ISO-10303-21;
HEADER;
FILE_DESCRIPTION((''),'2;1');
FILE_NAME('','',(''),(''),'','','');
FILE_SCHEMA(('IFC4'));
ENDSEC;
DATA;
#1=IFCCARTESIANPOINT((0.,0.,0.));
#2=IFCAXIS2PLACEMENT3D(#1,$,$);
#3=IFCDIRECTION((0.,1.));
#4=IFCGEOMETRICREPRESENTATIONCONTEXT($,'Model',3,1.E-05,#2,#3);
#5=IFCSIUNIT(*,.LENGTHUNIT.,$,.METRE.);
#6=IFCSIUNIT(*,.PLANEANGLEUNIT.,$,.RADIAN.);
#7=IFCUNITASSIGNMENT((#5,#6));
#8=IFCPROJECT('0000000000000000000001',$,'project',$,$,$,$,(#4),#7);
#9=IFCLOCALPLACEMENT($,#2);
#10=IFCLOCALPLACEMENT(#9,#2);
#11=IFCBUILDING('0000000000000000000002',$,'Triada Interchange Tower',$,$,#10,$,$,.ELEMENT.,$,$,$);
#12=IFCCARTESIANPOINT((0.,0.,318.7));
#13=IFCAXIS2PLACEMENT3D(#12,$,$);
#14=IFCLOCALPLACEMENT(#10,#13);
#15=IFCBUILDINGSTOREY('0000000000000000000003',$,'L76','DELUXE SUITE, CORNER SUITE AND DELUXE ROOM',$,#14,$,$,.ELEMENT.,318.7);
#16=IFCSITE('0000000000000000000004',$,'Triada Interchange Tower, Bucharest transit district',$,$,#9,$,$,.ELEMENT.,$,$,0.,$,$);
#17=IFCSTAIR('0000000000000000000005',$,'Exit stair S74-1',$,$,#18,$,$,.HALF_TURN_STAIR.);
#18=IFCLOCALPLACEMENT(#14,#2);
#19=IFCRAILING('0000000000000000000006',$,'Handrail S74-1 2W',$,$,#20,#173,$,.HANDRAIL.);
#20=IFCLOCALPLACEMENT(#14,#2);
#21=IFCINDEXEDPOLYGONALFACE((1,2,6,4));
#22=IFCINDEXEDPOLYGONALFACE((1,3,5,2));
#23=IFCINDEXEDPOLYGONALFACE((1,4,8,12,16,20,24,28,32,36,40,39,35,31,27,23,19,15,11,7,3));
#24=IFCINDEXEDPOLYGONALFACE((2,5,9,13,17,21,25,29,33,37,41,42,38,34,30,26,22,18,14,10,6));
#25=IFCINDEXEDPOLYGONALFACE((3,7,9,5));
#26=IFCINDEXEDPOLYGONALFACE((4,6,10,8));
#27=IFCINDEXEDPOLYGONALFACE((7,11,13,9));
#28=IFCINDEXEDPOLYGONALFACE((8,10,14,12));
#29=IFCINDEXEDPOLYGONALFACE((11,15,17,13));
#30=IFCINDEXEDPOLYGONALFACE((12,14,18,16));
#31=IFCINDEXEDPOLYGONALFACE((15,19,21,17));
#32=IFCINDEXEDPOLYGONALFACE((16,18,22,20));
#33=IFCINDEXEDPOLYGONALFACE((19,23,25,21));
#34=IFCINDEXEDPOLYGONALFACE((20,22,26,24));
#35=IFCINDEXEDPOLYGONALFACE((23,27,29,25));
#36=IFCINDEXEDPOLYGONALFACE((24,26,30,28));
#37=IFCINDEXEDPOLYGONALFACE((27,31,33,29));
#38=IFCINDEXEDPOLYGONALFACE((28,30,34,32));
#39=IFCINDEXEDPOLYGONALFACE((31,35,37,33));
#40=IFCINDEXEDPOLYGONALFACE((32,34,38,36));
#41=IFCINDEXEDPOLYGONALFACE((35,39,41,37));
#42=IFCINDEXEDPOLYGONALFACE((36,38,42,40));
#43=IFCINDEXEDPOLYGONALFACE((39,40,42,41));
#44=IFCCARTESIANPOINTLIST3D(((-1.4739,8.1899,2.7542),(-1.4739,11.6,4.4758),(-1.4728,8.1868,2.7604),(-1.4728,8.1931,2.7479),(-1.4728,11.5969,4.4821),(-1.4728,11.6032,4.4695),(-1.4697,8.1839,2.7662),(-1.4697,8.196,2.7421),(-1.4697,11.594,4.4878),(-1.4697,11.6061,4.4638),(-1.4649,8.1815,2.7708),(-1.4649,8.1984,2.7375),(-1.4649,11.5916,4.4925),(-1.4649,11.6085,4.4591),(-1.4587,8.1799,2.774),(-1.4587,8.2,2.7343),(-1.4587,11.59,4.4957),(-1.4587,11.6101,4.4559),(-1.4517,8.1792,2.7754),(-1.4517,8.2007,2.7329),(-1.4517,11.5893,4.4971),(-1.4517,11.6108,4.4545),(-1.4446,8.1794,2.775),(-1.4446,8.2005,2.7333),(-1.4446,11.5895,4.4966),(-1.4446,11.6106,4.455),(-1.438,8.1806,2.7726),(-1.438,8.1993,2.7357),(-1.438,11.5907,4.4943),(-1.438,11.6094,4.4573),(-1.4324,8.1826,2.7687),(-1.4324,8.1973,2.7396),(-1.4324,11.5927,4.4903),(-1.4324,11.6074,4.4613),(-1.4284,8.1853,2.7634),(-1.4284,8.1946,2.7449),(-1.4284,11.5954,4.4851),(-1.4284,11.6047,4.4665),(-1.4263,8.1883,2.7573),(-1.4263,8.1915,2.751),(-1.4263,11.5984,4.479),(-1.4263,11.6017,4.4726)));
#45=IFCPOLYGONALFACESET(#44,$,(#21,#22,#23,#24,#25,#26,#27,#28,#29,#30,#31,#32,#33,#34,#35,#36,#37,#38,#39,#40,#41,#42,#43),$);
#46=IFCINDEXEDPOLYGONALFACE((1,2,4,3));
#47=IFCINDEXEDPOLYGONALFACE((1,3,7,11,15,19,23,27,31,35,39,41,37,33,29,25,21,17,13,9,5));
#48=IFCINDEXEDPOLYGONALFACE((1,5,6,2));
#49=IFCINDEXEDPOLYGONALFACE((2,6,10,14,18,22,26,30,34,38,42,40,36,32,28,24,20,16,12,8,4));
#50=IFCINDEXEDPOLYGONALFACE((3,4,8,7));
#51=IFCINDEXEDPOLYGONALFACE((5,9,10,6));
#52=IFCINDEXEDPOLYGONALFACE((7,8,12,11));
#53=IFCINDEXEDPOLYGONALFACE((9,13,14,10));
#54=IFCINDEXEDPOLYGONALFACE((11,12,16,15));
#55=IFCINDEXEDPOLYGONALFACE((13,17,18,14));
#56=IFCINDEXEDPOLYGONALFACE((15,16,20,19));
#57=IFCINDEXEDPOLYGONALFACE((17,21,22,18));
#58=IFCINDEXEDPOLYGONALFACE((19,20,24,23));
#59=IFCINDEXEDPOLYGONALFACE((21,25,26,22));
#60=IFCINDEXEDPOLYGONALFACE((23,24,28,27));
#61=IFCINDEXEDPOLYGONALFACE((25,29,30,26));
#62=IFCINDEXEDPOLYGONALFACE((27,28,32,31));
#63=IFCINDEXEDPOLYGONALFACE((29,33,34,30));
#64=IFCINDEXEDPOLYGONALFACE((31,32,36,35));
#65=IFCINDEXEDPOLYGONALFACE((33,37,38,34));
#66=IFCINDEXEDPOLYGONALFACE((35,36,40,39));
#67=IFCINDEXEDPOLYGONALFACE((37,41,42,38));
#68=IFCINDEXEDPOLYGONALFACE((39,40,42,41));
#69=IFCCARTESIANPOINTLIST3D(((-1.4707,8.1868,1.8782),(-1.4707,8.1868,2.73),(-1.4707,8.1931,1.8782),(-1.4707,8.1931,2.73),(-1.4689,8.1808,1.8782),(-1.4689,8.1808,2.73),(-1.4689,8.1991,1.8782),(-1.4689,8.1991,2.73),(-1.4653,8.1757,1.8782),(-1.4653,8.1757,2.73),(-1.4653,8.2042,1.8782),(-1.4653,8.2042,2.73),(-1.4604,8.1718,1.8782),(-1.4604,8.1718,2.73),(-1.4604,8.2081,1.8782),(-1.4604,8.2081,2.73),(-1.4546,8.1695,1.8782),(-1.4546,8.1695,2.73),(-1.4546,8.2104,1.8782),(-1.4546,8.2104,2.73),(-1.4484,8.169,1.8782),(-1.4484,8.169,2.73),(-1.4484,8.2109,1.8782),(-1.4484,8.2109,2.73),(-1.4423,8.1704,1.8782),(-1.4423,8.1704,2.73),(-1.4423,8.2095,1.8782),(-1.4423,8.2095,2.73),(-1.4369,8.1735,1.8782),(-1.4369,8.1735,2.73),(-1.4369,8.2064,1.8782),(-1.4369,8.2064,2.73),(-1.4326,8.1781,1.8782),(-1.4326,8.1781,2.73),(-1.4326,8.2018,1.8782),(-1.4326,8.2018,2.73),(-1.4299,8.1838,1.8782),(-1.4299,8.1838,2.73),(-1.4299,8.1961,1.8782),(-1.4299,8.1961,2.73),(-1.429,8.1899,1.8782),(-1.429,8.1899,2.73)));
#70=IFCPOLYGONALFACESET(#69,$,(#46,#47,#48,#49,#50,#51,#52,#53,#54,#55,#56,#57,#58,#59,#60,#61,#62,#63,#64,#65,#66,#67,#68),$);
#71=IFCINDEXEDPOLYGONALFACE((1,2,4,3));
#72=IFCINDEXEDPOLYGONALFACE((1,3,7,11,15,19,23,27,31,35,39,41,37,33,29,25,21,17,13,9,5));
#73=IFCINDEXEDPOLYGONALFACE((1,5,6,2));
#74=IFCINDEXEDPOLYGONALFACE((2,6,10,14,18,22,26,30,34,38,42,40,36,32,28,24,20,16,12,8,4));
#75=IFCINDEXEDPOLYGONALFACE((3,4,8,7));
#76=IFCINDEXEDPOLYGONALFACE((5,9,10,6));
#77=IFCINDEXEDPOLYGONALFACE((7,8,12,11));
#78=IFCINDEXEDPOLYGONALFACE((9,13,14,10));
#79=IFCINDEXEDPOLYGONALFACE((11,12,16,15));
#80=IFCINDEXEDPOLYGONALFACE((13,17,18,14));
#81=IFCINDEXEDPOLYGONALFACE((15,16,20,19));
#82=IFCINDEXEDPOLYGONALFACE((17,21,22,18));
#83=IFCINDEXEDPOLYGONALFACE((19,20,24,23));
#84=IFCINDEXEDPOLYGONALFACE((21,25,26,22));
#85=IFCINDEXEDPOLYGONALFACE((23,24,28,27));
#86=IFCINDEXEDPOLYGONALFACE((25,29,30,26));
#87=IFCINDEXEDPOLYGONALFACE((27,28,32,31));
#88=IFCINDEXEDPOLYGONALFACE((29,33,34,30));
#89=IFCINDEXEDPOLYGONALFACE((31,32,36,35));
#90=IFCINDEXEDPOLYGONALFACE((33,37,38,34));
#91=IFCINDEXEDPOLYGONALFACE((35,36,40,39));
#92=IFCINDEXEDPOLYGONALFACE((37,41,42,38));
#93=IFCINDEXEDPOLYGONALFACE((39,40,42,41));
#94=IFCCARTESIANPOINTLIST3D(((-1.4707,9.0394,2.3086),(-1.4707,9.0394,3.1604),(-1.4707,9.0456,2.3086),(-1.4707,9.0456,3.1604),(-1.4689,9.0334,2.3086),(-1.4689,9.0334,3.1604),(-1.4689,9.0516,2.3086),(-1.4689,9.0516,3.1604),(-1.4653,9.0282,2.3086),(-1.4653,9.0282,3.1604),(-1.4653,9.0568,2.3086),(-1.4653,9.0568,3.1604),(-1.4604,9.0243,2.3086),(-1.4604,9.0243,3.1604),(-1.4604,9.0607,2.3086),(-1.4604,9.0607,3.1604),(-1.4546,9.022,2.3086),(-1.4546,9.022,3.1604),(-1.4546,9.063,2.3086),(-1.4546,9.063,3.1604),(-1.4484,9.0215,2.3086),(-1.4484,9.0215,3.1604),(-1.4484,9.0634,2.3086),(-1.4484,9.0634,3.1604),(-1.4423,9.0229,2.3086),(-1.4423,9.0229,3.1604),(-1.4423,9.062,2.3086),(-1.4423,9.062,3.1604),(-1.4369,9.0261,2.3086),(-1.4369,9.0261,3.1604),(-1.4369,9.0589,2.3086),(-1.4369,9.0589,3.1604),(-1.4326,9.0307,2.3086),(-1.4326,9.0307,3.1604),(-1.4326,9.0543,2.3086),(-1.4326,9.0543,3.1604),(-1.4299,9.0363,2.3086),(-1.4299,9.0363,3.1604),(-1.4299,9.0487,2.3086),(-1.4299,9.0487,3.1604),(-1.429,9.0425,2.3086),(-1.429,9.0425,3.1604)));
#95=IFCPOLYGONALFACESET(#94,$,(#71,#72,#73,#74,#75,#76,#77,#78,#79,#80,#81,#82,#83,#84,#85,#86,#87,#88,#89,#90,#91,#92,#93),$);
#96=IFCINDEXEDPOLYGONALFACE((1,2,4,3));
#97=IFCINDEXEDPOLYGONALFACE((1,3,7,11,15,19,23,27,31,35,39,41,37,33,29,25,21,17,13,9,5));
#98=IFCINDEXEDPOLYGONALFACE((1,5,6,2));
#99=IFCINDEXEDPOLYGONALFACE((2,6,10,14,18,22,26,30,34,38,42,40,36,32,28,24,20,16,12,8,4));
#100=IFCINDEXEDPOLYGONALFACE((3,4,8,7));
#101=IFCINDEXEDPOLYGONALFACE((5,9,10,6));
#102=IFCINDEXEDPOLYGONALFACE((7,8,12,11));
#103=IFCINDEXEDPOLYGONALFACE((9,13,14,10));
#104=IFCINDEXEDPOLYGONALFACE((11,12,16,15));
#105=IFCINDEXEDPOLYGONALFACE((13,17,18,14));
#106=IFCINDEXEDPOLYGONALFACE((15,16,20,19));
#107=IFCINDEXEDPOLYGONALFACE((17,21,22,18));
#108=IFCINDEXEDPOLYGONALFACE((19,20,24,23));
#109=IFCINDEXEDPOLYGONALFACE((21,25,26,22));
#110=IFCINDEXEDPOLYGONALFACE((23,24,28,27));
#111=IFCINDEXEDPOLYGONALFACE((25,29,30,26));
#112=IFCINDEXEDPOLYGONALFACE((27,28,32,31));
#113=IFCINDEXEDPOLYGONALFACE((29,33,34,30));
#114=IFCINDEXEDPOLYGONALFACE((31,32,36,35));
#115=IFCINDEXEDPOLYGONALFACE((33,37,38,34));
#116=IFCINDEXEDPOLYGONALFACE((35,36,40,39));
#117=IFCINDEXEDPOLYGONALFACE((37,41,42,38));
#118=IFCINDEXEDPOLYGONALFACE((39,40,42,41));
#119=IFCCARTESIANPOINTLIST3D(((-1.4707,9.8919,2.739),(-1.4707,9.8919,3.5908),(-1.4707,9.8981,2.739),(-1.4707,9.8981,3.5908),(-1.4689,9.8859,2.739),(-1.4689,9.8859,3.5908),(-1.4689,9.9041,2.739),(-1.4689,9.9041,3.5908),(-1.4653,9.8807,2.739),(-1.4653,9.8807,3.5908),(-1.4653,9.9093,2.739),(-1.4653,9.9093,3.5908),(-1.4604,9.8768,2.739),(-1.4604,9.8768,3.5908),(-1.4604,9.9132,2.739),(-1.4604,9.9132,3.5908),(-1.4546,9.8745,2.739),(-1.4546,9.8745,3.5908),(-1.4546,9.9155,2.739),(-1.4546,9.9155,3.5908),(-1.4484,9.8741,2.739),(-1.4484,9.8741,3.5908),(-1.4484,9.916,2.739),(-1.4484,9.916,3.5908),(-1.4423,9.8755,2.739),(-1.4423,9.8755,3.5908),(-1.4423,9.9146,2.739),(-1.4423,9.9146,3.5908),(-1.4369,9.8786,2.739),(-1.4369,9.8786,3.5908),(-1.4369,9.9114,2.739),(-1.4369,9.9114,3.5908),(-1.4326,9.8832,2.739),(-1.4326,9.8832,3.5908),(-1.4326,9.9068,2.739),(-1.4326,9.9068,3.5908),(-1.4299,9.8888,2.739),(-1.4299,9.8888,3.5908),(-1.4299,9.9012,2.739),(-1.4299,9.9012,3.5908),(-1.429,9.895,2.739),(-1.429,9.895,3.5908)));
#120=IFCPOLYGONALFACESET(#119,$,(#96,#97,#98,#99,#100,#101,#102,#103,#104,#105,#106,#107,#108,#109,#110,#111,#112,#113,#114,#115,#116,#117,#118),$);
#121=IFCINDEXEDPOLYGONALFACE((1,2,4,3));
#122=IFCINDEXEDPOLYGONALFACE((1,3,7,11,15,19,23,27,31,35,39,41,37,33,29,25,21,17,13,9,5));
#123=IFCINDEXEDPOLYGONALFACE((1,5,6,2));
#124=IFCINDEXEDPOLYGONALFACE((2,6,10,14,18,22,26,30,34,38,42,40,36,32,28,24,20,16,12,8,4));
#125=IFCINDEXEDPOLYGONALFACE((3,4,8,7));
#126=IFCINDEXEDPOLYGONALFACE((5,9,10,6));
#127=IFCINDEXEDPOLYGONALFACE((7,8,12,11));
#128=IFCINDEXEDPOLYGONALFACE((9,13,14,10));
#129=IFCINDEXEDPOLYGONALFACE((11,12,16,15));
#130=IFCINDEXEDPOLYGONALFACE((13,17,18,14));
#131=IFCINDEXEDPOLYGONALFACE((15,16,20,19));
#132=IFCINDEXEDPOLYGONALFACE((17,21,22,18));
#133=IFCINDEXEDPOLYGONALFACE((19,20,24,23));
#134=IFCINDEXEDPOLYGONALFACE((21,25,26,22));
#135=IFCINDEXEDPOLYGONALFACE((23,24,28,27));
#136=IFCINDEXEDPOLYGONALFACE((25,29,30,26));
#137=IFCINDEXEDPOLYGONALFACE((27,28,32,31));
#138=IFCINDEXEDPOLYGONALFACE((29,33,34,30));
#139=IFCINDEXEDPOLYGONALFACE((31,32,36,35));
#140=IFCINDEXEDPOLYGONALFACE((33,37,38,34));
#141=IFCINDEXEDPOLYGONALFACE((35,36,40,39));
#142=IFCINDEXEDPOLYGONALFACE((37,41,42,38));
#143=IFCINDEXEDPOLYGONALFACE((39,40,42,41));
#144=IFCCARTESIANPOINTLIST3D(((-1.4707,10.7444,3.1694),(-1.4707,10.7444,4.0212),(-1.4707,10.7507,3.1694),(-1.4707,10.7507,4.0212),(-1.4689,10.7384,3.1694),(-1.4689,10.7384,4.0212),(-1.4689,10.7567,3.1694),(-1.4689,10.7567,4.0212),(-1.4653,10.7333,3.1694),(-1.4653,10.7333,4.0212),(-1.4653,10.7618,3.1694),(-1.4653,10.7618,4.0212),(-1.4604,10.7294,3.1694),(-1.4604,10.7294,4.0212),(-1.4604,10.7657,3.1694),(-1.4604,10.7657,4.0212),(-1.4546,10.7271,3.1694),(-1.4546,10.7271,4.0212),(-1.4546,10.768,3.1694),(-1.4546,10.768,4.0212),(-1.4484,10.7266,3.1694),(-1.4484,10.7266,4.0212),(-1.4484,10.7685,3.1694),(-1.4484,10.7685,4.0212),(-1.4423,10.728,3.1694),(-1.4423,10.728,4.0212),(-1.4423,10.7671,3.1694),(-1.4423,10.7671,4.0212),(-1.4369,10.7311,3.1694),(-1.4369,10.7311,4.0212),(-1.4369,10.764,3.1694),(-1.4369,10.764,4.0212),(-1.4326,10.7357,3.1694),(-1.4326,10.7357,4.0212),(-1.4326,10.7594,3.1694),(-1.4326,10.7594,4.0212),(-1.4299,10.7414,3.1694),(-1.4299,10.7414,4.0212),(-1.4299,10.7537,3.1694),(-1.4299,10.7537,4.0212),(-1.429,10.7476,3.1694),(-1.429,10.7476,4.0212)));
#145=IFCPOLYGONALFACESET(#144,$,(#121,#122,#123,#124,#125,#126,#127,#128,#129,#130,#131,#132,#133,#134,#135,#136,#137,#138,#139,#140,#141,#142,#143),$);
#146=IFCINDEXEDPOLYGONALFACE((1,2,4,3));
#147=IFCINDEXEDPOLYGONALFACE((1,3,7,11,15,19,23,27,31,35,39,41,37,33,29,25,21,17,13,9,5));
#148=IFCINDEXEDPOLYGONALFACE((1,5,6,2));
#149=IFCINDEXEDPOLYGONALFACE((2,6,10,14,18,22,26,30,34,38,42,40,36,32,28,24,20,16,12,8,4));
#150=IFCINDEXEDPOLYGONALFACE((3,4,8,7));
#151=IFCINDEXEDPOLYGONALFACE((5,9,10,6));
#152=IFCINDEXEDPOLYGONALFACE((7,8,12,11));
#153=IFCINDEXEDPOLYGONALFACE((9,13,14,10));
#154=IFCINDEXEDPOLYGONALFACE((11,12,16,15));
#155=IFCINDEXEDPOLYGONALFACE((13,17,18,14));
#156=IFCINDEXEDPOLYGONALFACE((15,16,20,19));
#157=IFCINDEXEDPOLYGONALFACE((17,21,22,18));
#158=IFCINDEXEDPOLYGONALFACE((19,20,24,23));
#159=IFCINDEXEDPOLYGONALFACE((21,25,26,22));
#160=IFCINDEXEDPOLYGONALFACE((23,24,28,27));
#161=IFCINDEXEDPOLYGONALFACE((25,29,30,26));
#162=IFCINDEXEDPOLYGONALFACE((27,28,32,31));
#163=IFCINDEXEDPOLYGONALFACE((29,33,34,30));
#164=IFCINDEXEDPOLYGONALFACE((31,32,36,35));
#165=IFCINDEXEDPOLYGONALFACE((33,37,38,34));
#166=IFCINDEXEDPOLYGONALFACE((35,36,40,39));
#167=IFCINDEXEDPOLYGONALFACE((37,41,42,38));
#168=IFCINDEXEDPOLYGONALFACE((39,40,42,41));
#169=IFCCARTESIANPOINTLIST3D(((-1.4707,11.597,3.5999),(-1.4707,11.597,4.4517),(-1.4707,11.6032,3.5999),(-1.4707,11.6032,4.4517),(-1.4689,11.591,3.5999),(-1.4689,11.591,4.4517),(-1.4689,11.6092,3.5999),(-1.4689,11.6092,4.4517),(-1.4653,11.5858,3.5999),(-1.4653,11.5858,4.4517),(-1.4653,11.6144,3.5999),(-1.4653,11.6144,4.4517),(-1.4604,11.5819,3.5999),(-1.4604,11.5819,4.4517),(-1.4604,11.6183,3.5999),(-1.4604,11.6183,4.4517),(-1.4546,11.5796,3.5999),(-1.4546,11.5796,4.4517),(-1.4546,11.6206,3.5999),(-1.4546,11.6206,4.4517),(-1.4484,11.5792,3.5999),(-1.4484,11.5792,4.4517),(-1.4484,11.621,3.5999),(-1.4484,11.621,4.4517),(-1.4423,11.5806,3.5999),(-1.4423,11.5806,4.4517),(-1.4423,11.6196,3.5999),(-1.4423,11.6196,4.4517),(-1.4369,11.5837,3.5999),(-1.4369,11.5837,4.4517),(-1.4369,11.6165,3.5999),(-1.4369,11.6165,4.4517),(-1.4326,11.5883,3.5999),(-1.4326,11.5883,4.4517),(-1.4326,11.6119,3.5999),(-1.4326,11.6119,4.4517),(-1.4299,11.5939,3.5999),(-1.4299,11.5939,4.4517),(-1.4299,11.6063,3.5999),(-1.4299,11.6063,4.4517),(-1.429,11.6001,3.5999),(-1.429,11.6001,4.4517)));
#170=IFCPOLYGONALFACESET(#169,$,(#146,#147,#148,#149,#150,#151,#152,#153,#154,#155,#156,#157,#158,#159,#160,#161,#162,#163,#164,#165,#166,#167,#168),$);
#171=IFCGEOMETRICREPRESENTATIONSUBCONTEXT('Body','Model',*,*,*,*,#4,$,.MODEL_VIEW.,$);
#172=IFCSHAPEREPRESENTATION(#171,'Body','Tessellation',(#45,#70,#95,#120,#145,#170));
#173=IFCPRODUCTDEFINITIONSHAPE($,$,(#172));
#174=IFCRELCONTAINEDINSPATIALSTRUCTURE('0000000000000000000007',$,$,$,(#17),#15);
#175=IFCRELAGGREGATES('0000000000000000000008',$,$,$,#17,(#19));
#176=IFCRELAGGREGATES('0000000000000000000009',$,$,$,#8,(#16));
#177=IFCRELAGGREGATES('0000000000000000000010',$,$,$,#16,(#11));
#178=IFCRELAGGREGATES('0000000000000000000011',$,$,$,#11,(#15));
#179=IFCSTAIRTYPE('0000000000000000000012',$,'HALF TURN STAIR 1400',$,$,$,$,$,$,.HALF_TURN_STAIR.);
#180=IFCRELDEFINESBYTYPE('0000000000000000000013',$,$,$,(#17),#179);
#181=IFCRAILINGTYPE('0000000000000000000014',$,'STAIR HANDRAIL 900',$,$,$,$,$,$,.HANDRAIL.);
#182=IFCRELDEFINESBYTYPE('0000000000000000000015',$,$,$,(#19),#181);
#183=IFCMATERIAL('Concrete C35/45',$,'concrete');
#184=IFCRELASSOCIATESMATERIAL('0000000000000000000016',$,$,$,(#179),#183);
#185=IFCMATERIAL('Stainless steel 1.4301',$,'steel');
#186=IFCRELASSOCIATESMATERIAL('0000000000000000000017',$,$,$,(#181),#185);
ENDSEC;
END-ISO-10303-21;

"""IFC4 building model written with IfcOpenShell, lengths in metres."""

from ifc_helpers import new_model, si_unit, direction, frame, origin, origin_2d, place, context, subcontext, project, spatial, circle, extrude, material, type_object, element, aggregate, save


model = new_model("IFC4")

# Units and contexts
model_context = context("Model", 3, precision=1e-05, world=origin(), true_north=direction((0.0, 1.0)))
body_context = subcontext(model_context, "Body", "Model", "MODEL_VIEW")
ifc_project = project(units=[si_unit("LENGTHUNIT", "METRE"), si_unit("PLANEANGLEUNIT", "RADIAN")], contexts=[model_context])

# Site, building, storey
site_placement = place(None, origin())
site = spatial("IfcSite", under=ifc_project, at=site_placement, Name="Triada Interchange Tower, Bucharest transit district", CompositionType="ELEMENT", RefElevation=0.0)
building_placement = place(site_placement, origin())
building = spatial("IfcBuilding", under=site, at=building_placement, Name="Triada Interchange Tower", CompositionType="ELEMENT")
storey_placement = place(building_placement, frame((0.0, 0.0, 318.7)))
storey = spatial("IfcBuildingStorey", under=building, at=storey_placement, Name="L76", Description="DELUXE SUITE, CORNER SUITE AND DELUXE ROOM", CompositionType="ELEMENT", Elevation=318.7)

# Stair
ifc_material_1 = material(Name="Concrete C35/45", Category="concrete")
stair_type = type_object("IfcStairType", Name="HALF TURN STAIR 1400", PredefinedType="HALF_TURN_STAIR", material=ifc_material_1)
stair_placement = place(storey_placement, origin())
stair = element("IfcStair", 1, at=stair_placement, inside=storey, type_object=stair_type, Name="Exit stair S74-1", PredefinedType="HALF_TURN_STAIR")

# Railing
ifc_material_2 = material(Name="Stainless steel 1.4301", Category="steel")
railing_type = type_object("IfcRailingType", Name="STAIR HANDRAIL 900", PredefinedType="HANDRAIL", material=ifc_material_2)
railing_1_placement = place(storey_placement, frame((-1.45, 8.1899, 1.8782)))
railing_1 = element("IfcRailing", 2, at=railing_1_placement, type_object=railing_type, Name="Handrail S74-1 2W", PredefinedType="HANDRAIL", context=body_context, shape_type="SweptSolid", body=[
    extrude(circle(Radius=0.0239, at=origin_2d()), frame((0.0, 0.0, 0.876), z_axis=(0.0, 0.892682, 0.450687), x_axis=(-1.0, 0.0, 0.0)), (0.0, 0.0, 1.0), 3.8201),
    extrude(circle(Radius=0.021, at=origin_2d()), origin(), (0.0, 0.0, 1.0), 0.8518),
    extrude(circle(Radius=0.021, at=origin_2d()), frame((0.0, 0.8525, 0.4304)), (0.0, 0.0, 1.0), 0.8518),
    extrude(circle(Radius=0.021, at=origin_2d()), frame((0.0, 1.7051, 0.8608)), (0.0, 0.0, 1.0), 0.8518),
    extrude(circle(Radius=0.021, at=origin_2d()), frame((0.0, 2.5576, 1.2913)), (0.0, 0.0, 1.0), 0.8518),
    extrude(circle(Radius=0.021, at=origin_2d()), frame((0.0, 3.4102, 1.7217)), (0.0, 0.0, 1.0), 0.8518),
])
aggregate(stair, [railing_1])

save(model, "model.ifc")
